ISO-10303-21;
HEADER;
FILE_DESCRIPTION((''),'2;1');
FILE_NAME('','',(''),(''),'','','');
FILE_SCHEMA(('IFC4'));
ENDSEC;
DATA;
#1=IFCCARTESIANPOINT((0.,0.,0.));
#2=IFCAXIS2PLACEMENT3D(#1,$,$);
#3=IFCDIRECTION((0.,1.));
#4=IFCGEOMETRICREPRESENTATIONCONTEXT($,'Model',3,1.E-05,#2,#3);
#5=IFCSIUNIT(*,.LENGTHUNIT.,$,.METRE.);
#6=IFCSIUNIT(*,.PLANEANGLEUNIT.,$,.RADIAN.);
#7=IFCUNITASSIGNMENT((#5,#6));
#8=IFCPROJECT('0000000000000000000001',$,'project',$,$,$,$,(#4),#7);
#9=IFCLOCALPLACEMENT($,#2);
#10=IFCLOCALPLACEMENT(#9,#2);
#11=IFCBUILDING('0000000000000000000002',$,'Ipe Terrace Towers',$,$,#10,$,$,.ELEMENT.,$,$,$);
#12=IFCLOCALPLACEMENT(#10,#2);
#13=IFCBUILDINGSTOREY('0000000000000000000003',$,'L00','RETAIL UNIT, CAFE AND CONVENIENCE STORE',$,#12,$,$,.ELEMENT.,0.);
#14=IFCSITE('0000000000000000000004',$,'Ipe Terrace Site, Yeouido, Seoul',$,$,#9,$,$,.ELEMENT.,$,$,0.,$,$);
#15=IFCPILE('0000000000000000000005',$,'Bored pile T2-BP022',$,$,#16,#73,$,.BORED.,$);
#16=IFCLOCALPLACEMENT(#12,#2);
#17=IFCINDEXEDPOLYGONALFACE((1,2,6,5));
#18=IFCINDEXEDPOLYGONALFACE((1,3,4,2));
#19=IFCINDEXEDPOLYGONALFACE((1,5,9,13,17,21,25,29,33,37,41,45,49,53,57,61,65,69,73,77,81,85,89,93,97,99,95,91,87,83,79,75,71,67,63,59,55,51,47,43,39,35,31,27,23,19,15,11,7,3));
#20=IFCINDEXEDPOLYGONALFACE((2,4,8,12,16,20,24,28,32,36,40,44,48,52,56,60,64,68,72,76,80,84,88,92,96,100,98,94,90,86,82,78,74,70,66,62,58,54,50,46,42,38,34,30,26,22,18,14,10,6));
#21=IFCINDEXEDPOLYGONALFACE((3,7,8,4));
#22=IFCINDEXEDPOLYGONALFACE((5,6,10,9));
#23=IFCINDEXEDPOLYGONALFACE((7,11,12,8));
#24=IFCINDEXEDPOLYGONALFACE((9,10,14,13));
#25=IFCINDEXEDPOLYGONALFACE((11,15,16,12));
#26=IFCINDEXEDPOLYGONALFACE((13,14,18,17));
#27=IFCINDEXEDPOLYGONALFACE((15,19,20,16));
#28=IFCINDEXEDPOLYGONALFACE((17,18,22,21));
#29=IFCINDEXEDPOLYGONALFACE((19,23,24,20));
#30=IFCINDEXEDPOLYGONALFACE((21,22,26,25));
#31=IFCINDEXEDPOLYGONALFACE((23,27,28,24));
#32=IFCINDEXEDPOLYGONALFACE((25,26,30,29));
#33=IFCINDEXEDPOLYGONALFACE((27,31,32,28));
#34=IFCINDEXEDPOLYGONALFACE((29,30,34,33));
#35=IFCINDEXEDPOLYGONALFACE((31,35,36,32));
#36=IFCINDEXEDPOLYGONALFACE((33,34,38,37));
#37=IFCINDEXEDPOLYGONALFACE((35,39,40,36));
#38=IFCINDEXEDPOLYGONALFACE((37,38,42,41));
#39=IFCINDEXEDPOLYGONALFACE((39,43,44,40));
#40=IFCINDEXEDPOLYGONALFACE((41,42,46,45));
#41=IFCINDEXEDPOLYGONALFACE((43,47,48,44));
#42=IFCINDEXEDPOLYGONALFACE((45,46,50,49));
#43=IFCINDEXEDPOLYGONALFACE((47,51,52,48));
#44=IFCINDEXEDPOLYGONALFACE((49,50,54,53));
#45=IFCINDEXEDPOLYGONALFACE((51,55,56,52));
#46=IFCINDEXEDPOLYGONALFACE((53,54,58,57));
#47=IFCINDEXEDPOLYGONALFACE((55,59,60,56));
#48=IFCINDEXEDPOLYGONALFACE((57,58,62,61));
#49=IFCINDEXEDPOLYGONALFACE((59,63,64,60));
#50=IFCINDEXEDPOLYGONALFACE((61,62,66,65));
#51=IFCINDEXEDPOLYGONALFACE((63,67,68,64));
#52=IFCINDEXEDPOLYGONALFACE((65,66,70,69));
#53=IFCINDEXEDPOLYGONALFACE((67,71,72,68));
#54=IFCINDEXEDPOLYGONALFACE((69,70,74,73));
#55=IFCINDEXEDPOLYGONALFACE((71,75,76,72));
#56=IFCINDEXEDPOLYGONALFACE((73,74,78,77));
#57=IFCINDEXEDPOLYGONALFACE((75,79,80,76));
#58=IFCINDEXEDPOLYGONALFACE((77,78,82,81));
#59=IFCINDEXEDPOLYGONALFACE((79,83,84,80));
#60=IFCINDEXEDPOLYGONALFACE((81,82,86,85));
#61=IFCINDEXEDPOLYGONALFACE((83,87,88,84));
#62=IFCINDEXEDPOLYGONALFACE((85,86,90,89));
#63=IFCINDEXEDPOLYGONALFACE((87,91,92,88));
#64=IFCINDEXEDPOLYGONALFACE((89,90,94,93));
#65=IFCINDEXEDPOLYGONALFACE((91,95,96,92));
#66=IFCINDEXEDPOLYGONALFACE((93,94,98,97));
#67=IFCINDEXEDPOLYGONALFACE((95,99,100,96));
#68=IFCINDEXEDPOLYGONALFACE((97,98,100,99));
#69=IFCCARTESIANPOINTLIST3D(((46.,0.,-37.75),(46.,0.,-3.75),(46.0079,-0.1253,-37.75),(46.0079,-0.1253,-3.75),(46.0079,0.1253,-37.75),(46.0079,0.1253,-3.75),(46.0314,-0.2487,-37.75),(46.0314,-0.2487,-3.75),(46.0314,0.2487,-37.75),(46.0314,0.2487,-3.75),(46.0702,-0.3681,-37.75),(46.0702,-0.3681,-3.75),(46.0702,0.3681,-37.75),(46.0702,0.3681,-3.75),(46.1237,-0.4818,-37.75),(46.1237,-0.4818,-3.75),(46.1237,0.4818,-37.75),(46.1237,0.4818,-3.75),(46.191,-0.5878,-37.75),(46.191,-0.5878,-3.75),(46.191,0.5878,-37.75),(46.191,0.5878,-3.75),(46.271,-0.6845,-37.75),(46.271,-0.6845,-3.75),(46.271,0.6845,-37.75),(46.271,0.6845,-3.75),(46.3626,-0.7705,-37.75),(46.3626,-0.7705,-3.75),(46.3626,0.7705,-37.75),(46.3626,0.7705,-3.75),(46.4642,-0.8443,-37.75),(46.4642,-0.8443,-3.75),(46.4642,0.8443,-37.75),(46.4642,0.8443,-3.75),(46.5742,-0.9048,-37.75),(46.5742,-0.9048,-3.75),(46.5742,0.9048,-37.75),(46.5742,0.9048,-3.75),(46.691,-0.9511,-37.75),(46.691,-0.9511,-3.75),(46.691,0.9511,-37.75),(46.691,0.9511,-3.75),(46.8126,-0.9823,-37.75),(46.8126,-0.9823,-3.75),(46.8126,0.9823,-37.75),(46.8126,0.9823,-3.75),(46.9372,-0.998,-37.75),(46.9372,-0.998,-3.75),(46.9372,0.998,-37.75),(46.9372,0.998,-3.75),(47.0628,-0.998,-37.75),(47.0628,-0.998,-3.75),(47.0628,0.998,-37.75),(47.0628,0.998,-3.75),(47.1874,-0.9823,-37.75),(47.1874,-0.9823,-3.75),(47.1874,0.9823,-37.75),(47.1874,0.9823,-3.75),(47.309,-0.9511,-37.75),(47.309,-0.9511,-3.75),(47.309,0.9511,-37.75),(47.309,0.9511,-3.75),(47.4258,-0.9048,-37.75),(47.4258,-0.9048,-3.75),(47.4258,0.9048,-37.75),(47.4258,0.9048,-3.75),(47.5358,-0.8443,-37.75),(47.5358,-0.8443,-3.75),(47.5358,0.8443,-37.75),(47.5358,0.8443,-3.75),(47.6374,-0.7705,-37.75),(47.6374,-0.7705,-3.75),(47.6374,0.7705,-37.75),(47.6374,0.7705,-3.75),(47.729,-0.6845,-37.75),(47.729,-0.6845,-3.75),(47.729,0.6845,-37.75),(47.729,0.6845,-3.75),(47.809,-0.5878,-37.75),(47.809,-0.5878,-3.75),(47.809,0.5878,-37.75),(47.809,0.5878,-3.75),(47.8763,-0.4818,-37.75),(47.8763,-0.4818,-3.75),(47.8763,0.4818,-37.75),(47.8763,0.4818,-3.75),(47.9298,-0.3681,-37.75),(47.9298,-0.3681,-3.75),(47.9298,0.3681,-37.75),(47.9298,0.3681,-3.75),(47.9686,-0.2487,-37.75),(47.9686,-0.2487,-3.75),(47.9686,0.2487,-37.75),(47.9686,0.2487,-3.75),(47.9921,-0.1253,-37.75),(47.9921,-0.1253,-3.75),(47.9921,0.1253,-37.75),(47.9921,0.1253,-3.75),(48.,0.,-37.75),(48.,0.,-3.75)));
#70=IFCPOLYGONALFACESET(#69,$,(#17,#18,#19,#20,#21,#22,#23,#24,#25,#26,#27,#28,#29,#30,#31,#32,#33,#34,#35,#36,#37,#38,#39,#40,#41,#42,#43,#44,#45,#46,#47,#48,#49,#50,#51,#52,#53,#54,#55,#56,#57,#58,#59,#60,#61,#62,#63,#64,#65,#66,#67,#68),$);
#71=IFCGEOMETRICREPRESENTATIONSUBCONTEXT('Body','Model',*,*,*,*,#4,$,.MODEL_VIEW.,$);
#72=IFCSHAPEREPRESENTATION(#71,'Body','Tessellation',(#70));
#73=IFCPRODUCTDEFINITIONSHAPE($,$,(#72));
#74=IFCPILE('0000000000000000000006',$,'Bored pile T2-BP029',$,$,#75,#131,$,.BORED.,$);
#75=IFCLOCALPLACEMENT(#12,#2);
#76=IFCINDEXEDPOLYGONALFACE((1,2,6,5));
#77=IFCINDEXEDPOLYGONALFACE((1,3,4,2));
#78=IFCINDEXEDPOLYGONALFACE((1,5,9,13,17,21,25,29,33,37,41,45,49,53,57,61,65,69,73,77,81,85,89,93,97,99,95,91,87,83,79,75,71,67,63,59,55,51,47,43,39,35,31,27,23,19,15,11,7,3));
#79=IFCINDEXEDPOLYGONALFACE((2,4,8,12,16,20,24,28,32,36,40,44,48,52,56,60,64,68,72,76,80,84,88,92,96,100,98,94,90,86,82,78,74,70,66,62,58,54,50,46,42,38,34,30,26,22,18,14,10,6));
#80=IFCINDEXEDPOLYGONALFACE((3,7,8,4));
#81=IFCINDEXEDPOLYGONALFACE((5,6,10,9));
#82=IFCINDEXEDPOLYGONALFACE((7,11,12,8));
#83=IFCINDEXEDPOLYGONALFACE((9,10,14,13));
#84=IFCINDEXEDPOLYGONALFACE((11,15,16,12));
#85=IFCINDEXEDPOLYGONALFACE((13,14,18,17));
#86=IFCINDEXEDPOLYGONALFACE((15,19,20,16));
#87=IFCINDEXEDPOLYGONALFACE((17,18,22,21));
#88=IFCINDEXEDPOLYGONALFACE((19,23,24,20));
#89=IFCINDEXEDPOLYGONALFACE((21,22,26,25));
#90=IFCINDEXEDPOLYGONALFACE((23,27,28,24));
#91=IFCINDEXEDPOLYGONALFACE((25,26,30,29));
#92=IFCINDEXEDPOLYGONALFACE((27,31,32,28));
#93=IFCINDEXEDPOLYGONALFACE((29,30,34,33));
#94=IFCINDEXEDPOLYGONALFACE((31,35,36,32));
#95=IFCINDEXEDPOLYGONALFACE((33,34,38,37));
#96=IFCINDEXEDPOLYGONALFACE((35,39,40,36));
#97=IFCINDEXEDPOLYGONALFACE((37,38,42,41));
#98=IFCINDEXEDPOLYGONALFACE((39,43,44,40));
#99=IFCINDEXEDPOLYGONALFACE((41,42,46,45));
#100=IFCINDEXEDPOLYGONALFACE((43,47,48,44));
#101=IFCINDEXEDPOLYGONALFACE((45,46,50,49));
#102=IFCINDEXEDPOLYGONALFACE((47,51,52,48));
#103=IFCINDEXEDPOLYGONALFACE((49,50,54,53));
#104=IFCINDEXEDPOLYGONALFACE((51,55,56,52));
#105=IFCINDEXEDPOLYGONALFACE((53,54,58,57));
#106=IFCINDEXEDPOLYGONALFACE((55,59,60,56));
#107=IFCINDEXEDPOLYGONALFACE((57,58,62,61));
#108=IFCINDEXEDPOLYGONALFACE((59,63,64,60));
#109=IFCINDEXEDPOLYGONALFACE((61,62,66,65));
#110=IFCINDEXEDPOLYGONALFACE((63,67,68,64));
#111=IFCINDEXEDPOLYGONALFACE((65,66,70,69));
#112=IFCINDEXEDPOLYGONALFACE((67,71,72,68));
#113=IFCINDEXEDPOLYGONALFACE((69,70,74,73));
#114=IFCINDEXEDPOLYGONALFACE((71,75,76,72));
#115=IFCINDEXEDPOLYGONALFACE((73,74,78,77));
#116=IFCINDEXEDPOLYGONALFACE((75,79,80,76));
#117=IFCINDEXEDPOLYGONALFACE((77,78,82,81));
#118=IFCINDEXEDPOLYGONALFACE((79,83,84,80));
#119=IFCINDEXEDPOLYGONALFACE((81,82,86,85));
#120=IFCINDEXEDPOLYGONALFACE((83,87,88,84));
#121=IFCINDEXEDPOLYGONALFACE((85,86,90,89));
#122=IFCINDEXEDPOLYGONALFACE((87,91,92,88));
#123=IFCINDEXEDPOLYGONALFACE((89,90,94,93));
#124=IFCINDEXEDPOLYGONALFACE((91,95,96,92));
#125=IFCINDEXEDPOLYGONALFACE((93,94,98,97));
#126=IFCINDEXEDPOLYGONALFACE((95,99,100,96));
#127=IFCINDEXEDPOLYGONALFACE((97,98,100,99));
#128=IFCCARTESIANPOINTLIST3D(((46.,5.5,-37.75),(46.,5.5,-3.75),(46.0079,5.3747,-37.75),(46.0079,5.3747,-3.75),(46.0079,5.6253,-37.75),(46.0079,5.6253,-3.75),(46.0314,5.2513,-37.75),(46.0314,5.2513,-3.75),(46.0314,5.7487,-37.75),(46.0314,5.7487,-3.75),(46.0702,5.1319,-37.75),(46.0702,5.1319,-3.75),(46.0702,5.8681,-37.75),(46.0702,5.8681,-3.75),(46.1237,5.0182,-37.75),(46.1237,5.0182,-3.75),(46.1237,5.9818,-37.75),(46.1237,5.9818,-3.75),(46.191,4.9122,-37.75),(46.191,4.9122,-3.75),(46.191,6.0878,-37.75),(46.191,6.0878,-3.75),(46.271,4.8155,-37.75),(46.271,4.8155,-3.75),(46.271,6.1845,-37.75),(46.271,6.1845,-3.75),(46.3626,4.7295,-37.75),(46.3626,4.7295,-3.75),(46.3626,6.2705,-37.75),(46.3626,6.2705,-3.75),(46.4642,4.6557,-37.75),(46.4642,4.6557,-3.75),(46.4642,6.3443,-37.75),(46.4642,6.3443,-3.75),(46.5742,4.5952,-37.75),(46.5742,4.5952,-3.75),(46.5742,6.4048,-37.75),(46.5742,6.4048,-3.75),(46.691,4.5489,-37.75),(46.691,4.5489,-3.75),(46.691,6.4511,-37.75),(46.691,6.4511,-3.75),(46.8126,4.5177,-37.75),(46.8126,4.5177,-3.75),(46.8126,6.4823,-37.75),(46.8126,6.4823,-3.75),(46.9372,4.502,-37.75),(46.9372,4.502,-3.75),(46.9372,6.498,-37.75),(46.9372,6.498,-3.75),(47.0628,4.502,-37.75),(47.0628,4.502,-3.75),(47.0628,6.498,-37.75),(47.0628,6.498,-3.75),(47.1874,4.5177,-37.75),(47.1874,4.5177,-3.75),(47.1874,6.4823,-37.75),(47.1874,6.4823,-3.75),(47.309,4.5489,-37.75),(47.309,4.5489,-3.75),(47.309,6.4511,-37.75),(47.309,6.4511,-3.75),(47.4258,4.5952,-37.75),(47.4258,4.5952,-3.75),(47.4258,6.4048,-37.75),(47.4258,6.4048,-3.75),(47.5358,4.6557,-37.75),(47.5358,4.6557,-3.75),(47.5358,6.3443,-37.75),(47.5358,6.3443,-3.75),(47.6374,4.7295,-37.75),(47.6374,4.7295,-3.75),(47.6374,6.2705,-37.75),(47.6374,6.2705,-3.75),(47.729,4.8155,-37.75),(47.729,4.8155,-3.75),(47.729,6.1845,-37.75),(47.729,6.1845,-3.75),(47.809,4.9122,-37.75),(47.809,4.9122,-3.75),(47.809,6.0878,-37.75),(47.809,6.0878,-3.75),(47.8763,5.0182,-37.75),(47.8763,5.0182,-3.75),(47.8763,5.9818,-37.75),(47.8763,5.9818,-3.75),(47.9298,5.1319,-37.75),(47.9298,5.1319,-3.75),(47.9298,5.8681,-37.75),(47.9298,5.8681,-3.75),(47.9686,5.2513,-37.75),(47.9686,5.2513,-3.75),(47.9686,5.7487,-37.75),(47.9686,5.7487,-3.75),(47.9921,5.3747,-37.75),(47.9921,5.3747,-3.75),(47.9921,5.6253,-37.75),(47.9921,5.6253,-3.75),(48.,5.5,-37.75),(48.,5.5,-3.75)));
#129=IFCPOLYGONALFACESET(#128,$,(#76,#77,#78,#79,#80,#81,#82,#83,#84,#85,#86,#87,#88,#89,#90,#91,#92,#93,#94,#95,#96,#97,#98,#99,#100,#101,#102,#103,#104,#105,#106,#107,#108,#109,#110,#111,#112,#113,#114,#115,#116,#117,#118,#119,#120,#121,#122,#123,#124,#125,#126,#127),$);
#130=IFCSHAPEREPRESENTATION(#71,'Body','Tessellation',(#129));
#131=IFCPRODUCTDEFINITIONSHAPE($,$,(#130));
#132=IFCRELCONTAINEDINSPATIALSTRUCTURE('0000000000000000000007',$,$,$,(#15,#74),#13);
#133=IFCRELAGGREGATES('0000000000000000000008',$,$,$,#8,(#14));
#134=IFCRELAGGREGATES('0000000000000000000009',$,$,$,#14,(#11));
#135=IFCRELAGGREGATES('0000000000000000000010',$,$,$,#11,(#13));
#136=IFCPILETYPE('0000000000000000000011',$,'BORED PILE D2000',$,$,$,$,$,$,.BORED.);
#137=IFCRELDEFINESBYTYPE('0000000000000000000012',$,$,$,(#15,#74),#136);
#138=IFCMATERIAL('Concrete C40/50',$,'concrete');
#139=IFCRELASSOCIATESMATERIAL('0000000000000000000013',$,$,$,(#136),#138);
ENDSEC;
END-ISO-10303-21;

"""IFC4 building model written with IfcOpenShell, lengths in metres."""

from ifc_helpers import new_model, si_unit, direction, frame, origin, origin_2d, place, context, subcontext, project, spatial, circle, extrude, material, material_profile, profile_set, type_object, element, save


model = new_model("IFC4")

# Units and contexts
model_context = context("Model", 3, precision=1e-05, world=origin(), true_north=direction((0.0, 1.0)))
body_context = subcontext(model_context, "Body", "Model", "MODEL_VIEW")
ifc_project = project(units=[si_unit("LENGTHUNIT", "METRE"), si_unit("PLANEANGLEUNIT", "RADIAN")], contexts=[model_context])

# Site, building, storey
site_placement = place(None, origin())
site = spatial("IfcSite", under=ifc_project, at=site_placement, Name="Ipe Terrace Site, Yeouido, Seoul", CompositionType="ELEMENT", RefElevation=0.0)
building_placement = place(site_placement, origin())
building = spatial("IfcBuilding", under=site, at=building_placement, Name="Ipe Terrace Towers", CompositionType="ELEMENT")
storey_placement = place(building_placement, origin())
storey = spatial("IfcBuildingStorey", under=building, at=storey_placement, Name="L00", Description="RETAIL UNIT, CAFE AND CONVENIENCE STORE", CompositionType="ELEMENT", Elevation=0.0)

# Piles
ifc_material_1 = material(Name="Concrete C40/50", Category="concrete")
ifc_material_profile_1 = material_profile(ifc_material_1, circle(Radius=1.0, at=origin_2d()), Name="BORED PILE D2000")
ifc_profile_set_1 = profile_set([ifc_material_profile_1], Name="Concrete C40/50")
pile_type = type_object("IfcPileType", Name="BORED PILE D2000", PredefinedType="BORED", material=ifc_profile_set_1)
for number, where, z_axis, x_axis, name in (
    (1, (47.0, 0.0, -3.75), (0.0, 0.0, -1.0), (1.0, 0.0, 0.0), "Bored pile T2-BP022"),
    (2, (47.0, 5.5, -3.75), (0.0, 0.0, -1.0), (1.0, 0.0, 0.0), "Bored pile T2-BP029"),
):
    element("IfcPile", number, at=place(storey_placement, frame(where, z_axis=z_axis, x_axis=x_axis)), inside=storey, type_object=pile_type, Name=name, PredefinedType="BORED", context=body_context, shape_type="SweptSolid", body=[
        extrude(circle(Radius=1.0, at=origin_2d()), origin(), (0.0, 0.0, 1.0), 34.0),
    ])

save(model, "model.ifc")
